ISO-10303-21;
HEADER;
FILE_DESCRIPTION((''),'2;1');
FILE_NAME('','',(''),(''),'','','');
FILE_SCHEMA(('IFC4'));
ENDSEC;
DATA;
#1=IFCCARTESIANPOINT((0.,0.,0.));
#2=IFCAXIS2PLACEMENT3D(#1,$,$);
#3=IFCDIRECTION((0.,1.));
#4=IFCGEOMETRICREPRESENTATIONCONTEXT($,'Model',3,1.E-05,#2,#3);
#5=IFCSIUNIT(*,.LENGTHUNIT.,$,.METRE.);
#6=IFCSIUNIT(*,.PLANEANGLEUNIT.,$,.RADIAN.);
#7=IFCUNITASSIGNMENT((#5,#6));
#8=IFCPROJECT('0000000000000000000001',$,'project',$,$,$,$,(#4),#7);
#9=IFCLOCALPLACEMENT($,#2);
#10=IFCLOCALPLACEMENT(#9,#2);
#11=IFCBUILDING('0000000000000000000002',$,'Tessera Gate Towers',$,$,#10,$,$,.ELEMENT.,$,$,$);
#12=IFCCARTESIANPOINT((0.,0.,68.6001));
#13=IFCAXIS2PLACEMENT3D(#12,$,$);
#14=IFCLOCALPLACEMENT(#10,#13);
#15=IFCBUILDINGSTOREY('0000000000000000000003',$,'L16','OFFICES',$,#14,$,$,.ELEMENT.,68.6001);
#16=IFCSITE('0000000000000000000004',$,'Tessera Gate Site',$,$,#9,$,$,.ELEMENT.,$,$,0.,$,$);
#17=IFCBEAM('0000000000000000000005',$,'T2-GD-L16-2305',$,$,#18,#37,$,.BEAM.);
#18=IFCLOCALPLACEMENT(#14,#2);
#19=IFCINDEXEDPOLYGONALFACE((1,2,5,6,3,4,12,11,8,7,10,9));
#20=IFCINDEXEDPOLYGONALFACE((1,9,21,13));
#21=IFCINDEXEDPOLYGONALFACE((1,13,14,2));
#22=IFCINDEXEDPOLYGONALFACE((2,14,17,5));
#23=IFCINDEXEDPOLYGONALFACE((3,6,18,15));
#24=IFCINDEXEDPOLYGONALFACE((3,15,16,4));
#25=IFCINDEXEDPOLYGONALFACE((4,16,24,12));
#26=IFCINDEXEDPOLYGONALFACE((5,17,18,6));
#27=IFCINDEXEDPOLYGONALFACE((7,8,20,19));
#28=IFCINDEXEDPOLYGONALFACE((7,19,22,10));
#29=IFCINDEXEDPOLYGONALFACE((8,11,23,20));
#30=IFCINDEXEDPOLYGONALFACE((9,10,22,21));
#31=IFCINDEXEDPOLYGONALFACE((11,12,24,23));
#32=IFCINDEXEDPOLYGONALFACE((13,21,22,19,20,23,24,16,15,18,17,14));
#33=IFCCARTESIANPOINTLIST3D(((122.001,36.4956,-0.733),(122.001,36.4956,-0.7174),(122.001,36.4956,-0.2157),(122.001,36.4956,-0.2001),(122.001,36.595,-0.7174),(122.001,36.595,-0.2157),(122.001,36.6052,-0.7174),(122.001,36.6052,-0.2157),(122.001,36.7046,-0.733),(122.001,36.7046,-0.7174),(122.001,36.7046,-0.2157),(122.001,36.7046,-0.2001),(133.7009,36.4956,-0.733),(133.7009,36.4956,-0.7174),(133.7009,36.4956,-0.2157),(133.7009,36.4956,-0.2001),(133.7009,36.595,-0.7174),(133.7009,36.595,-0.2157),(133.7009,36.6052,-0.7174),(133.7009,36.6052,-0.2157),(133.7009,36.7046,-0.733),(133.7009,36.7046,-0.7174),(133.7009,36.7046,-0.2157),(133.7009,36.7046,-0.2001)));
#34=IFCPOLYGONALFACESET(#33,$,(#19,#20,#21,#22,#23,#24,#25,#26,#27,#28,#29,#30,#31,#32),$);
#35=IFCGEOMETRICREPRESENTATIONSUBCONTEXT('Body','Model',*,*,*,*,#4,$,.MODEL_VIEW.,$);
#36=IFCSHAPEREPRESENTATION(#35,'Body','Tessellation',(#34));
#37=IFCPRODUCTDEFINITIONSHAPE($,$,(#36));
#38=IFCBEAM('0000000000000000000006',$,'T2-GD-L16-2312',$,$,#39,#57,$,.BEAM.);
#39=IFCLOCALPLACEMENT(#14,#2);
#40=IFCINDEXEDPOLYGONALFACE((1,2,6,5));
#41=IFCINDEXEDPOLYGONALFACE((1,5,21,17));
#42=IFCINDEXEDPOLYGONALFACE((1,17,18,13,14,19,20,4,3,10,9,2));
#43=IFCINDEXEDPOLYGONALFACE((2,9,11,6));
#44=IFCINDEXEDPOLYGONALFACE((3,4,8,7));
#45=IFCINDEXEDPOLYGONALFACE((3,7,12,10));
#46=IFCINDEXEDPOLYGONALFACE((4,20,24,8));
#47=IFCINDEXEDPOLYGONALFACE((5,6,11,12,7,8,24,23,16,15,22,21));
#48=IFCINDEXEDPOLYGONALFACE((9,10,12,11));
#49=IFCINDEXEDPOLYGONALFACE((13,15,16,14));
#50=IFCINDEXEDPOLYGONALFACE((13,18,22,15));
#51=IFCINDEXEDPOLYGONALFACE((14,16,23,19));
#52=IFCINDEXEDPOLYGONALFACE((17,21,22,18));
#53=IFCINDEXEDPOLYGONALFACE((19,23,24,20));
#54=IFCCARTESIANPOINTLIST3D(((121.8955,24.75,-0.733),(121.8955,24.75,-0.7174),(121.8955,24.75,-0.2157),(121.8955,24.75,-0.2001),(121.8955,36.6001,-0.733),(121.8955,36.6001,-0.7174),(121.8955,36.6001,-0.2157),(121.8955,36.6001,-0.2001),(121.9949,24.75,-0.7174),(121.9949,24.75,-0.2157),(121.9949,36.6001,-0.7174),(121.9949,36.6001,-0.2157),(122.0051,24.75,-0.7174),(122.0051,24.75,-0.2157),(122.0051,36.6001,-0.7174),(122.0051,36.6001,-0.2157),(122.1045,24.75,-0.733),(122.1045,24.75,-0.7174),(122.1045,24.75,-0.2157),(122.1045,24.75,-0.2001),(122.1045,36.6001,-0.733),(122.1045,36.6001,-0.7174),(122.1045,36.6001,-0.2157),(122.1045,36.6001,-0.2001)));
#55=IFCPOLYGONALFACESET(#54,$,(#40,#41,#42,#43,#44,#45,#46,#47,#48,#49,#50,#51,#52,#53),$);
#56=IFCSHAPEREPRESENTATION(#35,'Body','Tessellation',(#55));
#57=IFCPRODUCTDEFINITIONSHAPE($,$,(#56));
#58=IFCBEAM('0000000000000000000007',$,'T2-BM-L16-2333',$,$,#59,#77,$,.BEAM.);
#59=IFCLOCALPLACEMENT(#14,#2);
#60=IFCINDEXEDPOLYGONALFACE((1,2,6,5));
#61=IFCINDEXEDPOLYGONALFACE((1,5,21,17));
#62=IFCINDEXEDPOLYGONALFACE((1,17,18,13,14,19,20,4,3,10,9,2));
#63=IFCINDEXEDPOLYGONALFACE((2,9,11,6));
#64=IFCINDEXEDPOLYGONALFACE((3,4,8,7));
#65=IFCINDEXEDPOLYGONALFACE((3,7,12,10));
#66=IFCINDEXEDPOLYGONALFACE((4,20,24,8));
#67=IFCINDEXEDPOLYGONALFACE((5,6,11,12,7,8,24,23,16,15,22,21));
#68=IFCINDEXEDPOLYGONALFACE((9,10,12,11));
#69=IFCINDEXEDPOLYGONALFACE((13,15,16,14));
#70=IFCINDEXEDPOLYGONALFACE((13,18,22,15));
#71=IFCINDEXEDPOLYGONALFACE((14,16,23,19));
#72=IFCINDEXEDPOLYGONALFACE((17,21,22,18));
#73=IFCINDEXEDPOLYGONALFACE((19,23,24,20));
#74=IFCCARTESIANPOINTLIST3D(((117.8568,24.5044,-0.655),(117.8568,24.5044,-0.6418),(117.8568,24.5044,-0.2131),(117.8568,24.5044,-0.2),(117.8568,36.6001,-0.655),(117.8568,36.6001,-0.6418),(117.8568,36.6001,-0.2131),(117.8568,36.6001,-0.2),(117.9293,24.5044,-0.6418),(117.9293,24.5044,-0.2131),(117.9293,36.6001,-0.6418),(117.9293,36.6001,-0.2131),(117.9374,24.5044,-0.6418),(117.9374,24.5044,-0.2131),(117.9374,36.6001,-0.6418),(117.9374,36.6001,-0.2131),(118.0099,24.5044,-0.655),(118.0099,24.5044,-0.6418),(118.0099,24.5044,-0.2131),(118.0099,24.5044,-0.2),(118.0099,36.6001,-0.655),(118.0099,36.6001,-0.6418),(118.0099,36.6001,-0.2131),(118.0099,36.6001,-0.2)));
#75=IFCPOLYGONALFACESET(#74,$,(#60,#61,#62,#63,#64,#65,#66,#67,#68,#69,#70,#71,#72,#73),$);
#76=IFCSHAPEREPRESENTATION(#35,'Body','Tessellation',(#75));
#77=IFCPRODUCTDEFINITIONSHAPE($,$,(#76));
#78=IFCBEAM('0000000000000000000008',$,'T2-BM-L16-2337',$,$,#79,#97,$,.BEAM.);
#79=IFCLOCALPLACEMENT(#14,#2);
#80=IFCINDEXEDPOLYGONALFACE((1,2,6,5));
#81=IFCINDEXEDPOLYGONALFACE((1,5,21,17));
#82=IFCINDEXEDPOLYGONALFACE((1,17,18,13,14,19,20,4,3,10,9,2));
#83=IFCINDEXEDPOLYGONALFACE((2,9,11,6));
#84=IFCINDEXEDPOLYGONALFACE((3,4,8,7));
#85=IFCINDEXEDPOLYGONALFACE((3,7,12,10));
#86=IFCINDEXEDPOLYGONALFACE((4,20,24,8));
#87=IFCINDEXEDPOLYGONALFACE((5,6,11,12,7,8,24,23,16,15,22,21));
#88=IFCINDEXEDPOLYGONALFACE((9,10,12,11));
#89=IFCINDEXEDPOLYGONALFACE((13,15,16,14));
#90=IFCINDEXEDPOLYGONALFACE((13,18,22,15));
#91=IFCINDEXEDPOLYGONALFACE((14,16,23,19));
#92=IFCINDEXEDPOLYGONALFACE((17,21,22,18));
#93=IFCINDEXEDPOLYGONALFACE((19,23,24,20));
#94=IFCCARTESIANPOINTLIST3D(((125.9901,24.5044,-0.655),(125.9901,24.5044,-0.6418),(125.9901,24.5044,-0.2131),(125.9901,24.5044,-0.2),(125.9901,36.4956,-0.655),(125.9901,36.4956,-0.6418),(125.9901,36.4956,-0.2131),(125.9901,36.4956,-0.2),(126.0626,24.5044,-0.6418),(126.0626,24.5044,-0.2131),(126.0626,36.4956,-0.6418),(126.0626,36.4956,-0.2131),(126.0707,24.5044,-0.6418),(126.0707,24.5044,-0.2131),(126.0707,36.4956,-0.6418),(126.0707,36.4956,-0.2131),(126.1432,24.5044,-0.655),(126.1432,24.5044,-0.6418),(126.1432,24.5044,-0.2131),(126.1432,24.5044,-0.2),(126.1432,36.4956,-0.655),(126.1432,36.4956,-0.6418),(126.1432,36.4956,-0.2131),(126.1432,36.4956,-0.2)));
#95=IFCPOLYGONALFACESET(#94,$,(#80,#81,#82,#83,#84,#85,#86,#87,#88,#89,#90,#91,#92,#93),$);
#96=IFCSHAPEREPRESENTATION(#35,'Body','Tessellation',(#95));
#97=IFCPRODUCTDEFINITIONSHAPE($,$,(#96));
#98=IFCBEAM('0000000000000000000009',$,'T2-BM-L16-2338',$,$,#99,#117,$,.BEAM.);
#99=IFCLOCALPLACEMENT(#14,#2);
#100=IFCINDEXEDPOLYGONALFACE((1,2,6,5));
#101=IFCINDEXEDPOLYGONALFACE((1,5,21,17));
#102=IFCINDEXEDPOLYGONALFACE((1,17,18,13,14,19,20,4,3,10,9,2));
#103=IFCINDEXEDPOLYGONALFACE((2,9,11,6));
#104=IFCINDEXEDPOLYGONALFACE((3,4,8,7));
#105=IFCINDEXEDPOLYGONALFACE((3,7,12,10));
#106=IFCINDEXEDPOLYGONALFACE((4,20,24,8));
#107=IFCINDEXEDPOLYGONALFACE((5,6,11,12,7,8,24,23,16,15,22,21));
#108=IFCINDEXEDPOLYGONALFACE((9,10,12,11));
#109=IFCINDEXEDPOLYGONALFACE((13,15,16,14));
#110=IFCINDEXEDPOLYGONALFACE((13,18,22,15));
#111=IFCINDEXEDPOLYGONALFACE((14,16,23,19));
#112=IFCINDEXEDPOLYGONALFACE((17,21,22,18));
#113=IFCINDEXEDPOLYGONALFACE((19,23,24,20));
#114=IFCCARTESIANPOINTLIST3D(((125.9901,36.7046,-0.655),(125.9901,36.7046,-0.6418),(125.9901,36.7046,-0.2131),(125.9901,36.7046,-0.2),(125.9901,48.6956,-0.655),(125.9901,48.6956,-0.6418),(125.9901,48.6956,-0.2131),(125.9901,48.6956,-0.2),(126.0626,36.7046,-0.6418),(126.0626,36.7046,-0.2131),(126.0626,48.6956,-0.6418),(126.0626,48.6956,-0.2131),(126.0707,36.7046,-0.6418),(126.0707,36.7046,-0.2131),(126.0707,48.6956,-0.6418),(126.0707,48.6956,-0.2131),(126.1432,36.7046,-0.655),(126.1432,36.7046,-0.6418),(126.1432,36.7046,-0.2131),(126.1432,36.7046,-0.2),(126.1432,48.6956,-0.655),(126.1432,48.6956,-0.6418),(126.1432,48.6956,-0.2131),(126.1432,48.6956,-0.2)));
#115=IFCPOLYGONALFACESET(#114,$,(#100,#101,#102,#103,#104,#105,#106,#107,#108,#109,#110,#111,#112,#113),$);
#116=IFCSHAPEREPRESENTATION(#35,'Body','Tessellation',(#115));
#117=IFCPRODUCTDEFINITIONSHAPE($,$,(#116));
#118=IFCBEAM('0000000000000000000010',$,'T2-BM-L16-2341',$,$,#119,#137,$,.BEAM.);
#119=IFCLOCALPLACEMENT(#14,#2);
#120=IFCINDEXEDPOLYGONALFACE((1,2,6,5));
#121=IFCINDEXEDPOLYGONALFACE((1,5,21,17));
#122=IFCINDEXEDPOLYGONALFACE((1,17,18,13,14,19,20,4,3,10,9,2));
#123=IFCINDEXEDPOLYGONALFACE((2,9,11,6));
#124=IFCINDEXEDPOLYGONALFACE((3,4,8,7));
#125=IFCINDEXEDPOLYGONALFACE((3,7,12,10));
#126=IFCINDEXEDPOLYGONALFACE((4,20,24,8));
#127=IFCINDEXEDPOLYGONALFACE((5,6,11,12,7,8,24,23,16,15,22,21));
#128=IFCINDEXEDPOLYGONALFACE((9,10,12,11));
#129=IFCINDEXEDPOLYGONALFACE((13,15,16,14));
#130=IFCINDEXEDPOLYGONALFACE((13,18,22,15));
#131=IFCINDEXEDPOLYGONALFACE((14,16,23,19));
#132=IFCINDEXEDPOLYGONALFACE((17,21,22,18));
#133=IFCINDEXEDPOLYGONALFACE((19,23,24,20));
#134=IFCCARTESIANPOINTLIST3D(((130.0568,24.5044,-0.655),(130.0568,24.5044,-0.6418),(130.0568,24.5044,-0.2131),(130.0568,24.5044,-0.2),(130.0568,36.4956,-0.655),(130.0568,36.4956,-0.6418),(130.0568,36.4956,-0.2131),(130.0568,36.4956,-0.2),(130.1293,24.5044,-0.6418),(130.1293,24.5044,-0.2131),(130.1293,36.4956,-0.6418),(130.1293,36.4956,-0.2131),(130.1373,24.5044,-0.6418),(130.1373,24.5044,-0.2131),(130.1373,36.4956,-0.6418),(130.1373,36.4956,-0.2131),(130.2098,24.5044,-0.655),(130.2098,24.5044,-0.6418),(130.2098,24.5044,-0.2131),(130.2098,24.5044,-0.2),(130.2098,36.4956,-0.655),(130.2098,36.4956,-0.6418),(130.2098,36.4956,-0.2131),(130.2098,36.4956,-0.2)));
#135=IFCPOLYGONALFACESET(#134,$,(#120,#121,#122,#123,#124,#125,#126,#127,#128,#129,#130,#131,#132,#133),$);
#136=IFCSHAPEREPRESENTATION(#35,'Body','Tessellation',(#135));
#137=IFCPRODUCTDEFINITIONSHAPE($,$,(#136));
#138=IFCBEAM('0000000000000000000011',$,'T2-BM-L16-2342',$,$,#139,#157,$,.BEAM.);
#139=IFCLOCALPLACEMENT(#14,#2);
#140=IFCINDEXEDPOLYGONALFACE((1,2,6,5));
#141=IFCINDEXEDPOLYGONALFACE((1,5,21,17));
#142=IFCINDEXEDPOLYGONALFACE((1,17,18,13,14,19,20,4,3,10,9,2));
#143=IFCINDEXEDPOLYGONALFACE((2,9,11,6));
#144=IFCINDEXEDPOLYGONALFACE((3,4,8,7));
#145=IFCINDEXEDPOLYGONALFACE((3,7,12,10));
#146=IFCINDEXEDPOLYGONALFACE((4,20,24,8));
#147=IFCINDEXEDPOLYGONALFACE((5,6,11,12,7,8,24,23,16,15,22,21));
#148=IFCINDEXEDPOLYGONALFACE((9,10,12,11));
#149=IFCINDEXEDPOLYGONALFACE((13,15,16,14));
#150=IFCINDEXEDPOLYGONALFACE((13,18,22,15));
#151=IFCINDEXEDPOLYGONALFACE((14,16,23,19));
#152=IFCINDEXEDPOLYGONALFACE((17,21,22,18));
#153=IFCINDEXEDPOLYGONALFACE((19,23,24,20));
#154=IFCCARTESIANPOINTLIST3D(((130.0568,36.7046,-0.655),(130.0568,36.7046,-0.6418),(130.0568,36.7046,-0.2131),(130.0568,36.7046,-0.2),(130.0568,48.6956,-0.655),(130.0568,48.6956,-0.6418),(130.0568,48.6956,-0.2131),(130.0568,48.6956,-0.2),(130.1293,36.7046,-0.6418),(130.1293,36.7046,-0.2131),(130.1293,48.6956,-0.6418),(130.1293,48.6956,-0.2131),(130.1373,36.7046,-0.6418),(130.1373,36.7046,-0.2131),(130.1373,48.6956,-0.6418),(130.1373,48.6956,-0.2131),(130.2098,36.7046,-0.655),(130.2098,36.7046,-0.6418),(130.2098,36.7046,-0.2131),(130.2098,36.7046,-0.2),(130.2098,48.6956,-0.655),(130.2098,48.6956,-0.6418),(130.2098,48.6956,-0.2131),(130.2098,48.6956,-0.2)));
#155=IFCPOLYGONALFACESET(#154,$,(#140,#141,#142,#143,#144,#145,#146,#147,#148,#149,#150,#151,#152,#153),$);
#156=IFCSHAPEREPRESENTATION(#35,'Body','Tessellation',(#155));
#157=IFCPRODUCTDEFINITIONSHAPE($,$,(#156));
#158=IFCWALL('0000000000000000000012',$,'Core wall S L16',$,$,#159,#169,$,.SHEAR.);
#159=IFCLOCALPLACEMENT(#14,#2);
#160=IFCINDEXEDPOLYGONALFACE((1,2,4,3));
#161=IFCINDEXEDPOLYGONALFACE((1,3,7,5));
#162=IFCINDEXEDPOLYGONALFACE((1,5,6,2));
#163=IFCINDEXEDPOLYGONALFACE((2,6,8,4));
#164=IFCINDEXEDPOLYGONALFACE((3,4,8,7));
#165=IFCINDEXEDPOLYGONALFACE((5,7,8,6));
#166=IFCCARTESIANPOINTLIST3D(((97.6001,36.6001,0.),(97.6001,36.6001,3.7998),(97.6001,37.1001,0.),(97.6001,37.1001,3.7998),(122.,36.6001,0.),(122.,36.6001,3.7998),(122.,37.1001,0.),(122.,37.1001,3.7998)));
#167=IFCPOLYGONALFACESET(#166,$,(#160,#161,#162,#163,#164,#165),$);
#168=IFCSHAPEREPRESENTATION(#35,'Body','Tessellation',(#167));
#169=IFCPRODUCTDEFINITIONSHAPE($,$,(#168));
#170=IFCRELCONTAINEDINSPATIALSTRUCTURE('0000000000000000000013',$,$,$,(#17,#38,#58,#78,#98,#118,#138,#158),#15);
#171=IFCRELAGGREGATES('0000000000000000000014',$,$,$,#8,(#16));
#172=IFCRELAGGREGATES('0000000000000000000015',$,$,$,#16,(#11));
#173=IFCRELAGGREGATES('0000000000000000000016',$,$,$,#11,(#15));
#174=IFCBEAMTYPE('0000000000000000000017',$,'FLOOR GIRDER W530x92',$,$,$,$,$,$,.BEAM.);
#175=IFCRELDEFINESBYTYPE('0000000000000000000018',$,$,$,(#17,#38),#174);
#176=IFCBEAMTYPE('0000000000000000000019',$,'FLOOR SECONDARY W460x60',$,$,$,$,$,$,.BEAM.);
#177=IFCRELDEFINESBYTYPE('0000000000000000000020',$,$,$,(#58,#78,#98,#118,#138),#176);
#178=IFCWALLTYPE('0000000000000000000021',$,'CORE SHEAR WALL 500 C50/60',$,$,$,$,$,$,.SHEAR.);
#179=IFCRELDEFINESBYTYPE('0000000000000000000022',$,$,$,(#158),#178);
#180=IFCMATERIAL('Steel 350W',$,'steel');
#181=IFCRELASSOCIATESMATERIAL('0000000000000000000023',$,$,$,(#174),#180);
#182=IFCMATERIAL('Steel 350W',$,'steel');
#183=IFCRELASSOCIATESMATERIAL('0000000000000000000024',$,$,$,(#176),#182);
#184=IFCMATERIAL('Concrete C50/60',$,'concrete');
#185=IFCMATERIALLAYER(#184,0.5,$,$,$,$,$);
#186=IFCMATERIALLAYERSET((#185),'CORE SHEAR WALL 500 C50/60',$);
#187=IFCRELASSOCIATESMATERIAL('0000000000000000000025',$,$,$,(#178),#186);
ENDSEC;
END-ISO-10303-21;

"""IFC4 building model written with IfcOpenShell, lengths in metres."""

from ifc_helpers import new_model, si_unit, direction, frame, frame_2d, origin, origin_2d, place, context, subcontext, project, spatial, rectangle, i_section, extrude, material, layer, layer_set, material_profile, profile_set, type_object, element, save


model = new_model("IFC4")

# Units and contexts
model_context = context("Model", 3, precision=1e-05, world=origin(), true_north=direction((0.0, 1.0)))
body_context = subcontext(model_context, "Body", "Model", "MODEL_VIEW")
ifc_project = project(units=[si_unit("LENGTHUNIT", "METRE"), si_unit("PLANEANGLEUNIT", "RADIAN")], contexts=[model_context])

# Site, building, storey
site_placement = place(None, origin())
site = spatial("IfcSite", under=ifc_project, at=site_placement, Name="Tessera Gate Site", CompositionType="ELEMENT", RefElevation=0.0)
building_placement = place(site_placement, origin())
building = spatial("IfcBuilding", under=site, at=building_placement, Name="Tessera Gate Towers", CompositionType="ELEMENT")
storey_placement = place(building_placement, frame((0.0, 0.0, 68.6001)))
storey = spatial("IfcBuildingStorey", under=building, at=storey_placement, Name="L16", Description="OFFICES", CompositionType="ELEMENT", Elevation=68.6001)

# Beams
ifc_material_1 = material(Name="Steel 350W", Category="steel")
ifc_material_profile_1 = material_profile(ifc_material_1, i_section(OverallWidth=0.209, OverallDepth=0.533, WebThickness=0.0103, FlangeThickness=0.0156, at=origin_2d()), Name="W530x92")
ifc_profile_set_1 = profile_set([ifc_material_profile_1], Name="Steel 350W")
beam_type_1 = type_object("IfcBeamType", Name="FLOOR GIRDER W530x92", PredefinedType="BEAM", material=ifc_profile_set_1)
beam_1_placement = place(storey_placement, frame((122.001, 36.6001, -0.4666), z_axis=(1.0, 0.0, 0.0), x_axis=(0.0, 1.0, 0.0)))
element("IfcBeam", 1, at=beam_1_placement, inside=storey, type_object=beam_type_1, Name="T2-GD-L16-2305", PredefinedType="BEAM", context=body_context, shape_type="SweptSolid", body=[
    extrude(i_section(OverallWidth=0.209, OverallDepth=0.533, WebThickness=0.0103, FlangeThickness=0.0156, at=origin_2d()), origin(), (0.0, 0.0, 1.0), 11.7),
])
beam_2_placement = place(storey_placement, frame((122.0, 24.75, -0.4666), z_axis=(0.0, 1.0, 0.0), x_axis=(-1.0, 0.0, 0.0)))
element("IfcBeam", 2, at=beam_2_placement, inside=storey, type_object=beam_type_1, Name="T2-GD-L16-2312", PredefinedType="BEAM", context=body_context, shape_type="SweptSolid", body=[
    extrude(i_section(OverallWidth=0.209, OverallDepth=0.533, WebThickness=0.0103, FlangeThickness=0.0156, at=origin_2d()), origin(), (0.0, 0.0, 1.0), 11.8501),
])
ifc_material_2 = material(Name="Steel 350W", Category="steel")
ifc_material_profile_2 = material_profile(ifc_material_2, i_section(OverallWidth=0.1531, OverallDepth=0.4551, WebThickness=0.0081, FlangeThickness=0.0132, at=origin_2d()), Name="W460x60")
ifc_profile_set_2 = profile_set([ifc_material_profile_2], Name="Steel 350W")
beam_type_2 = type_object("IfcBeamType", Name="FLOOR SECONDARY W460x60", PredefinedType="BEAM", material=ifc_profile_set_2)
beam_3_placement = place(storey_placement, frame((117.9333, 24.5044, -0.4275), z_axis=(0.0, 1.0, 0.0), x_axis=(-1.0, 0.0, 0.0)))
element("IfcBeam", 3, at=beam_3_placement, inside=storey, type_object=beam_type_2, Name="T2-BM-L16-2333", PredefinedType="BEAM", context=body_context, shape_type="SweptSolid", body=[
    extrude(i_section(OverallWidth=0.1531, OverallDepth=0.4551, WebThickness=0.0081, FlangeThickness=0.0132, at=origin_2d()), origin(), (0.0, 0.0, 1.0), 12.0957),
])
beam_4_placement = place(storey_placement, frame((126.0667, 24.5044, -0.4275), z_axis=(0.0, 1.0, 0.0), x_axis=(-1.0, 0.0, 0.0)))
element("IfcBeam", 4, at=beam_4_placement, inside=storey, type_object=beam_type_2, Name="T2-BM-L16-2337", PredefinedType="BEAM", context=body_context, shape_type="SweptSolid", body=[
    extrude(i_section(OverallWidth=0.1531, OverallDepth=0.4551, WebThickness=0.0081, FlangeThickness=0.0132, at=origin_2d()), origin(), (0.0, 0.0, 1.0), 11.9912),
])
beam_5_placement = place(storey_placement, frame((126.0667, 36.7046, -0.4275), z_axis=(0.0, 1.0, 0.0), x_axis=(-1.0, 0.0, 0.0)))
element("IfcBeam", 5, at=beam_5_placement, inside=storey, type_object=beam_type_2, Name="T2-BM-L16-2338", PredefinedType="BEAM", context=body_context, shape_type="SweptSolid", body=[
    extrude(i_section(OverallWidth=0.1531, OverallDepth=0.4551, WebThickness=0.0081, FlangeThickness=0.0132, at=origin_2d()), origin(), (0.0, 0.0, 1.0), 11.991),
])
beam_6_placement = place(storey_placement, frame((130.1333, 24.5044, -0.4275), z_axis=(0.0, 1.0, 0.0), x_axis=(-1.0, 0.0, 0.0)))
element("IfcBeam", 6, at=beam_6_placement, inside=storey, type_object=beam_type_2, Name="T2-BM-L16-2341", PredefinedType="BEAM", context=body_context, shape_type="SweptSolid", body=[
    extrude(i_section(OverallWidth=0.1531, OverallDepth=0.4551, WebThickness=0.0081, FlangeThickness=0.0132, at=origin_2d()), origin(), (0.0, 0.0, 1.0), 11.9912),
])
beam_7_placement = place(storey_placement, frame((130.1333, 36.7046, -0.4275), z_axis=(0.0, 1.0, 0.0), x_axis=(-1.0, 0.0, 0.0)))
element("IfcBeam", 7, at=beam_7_placement, inside=storey, type_object=beam_type_2, Name="T2-BM-L16-2342", PredefinedType="BEAM", context=body_context, shape_type="SweptSolid", body=[
    extrude(i_section(OverallWidth=0.1531, OverallDepth=0.4551, WebThickness=0.0081, FlangeThickness=0.0132, at=origin_2d()), origin(), (0.0, 0.0, 1.0), 11.991),
])

# Wall
ifc_material_3 = material(Name="Concrete C50/60", Category="concrete")
ifc_layer_1 = layer(ifc_material_3, 0.5)
ifc_layer_set_1 = layer_set([ifc_layer_1], Name="CORE SHEAR WALL 500 C50/60")
wall_type_1 = type_object("IfcWallType", Name="CORE SHEAR WALL 500 C50/60", PredefinedType="SHEAR", material=ifc_layer_set_1)
wall_1_placement = place(storey_placement, frame((122.0, 36.8501, 0.0), z_axis=(0.0, 0.0, 1.0), x_axis=(-1.0, 0.0, 0.0)))
element("IfcWall", 8, at=wall_1_placement, inside=storey, type_object=wall_type_1, Name="Core wall S L16", PredefinedType="SHEAR", context=body_context, shape_type="SweptSolid", body=[
    extrude(rectangle(XDim=24.3999, YDim=0.5, at=frame_2d((12.2, 0.0))), origin(), (0.0, 0.0, 1.0), 3.7998),
])

save(model, "model.ifc")
